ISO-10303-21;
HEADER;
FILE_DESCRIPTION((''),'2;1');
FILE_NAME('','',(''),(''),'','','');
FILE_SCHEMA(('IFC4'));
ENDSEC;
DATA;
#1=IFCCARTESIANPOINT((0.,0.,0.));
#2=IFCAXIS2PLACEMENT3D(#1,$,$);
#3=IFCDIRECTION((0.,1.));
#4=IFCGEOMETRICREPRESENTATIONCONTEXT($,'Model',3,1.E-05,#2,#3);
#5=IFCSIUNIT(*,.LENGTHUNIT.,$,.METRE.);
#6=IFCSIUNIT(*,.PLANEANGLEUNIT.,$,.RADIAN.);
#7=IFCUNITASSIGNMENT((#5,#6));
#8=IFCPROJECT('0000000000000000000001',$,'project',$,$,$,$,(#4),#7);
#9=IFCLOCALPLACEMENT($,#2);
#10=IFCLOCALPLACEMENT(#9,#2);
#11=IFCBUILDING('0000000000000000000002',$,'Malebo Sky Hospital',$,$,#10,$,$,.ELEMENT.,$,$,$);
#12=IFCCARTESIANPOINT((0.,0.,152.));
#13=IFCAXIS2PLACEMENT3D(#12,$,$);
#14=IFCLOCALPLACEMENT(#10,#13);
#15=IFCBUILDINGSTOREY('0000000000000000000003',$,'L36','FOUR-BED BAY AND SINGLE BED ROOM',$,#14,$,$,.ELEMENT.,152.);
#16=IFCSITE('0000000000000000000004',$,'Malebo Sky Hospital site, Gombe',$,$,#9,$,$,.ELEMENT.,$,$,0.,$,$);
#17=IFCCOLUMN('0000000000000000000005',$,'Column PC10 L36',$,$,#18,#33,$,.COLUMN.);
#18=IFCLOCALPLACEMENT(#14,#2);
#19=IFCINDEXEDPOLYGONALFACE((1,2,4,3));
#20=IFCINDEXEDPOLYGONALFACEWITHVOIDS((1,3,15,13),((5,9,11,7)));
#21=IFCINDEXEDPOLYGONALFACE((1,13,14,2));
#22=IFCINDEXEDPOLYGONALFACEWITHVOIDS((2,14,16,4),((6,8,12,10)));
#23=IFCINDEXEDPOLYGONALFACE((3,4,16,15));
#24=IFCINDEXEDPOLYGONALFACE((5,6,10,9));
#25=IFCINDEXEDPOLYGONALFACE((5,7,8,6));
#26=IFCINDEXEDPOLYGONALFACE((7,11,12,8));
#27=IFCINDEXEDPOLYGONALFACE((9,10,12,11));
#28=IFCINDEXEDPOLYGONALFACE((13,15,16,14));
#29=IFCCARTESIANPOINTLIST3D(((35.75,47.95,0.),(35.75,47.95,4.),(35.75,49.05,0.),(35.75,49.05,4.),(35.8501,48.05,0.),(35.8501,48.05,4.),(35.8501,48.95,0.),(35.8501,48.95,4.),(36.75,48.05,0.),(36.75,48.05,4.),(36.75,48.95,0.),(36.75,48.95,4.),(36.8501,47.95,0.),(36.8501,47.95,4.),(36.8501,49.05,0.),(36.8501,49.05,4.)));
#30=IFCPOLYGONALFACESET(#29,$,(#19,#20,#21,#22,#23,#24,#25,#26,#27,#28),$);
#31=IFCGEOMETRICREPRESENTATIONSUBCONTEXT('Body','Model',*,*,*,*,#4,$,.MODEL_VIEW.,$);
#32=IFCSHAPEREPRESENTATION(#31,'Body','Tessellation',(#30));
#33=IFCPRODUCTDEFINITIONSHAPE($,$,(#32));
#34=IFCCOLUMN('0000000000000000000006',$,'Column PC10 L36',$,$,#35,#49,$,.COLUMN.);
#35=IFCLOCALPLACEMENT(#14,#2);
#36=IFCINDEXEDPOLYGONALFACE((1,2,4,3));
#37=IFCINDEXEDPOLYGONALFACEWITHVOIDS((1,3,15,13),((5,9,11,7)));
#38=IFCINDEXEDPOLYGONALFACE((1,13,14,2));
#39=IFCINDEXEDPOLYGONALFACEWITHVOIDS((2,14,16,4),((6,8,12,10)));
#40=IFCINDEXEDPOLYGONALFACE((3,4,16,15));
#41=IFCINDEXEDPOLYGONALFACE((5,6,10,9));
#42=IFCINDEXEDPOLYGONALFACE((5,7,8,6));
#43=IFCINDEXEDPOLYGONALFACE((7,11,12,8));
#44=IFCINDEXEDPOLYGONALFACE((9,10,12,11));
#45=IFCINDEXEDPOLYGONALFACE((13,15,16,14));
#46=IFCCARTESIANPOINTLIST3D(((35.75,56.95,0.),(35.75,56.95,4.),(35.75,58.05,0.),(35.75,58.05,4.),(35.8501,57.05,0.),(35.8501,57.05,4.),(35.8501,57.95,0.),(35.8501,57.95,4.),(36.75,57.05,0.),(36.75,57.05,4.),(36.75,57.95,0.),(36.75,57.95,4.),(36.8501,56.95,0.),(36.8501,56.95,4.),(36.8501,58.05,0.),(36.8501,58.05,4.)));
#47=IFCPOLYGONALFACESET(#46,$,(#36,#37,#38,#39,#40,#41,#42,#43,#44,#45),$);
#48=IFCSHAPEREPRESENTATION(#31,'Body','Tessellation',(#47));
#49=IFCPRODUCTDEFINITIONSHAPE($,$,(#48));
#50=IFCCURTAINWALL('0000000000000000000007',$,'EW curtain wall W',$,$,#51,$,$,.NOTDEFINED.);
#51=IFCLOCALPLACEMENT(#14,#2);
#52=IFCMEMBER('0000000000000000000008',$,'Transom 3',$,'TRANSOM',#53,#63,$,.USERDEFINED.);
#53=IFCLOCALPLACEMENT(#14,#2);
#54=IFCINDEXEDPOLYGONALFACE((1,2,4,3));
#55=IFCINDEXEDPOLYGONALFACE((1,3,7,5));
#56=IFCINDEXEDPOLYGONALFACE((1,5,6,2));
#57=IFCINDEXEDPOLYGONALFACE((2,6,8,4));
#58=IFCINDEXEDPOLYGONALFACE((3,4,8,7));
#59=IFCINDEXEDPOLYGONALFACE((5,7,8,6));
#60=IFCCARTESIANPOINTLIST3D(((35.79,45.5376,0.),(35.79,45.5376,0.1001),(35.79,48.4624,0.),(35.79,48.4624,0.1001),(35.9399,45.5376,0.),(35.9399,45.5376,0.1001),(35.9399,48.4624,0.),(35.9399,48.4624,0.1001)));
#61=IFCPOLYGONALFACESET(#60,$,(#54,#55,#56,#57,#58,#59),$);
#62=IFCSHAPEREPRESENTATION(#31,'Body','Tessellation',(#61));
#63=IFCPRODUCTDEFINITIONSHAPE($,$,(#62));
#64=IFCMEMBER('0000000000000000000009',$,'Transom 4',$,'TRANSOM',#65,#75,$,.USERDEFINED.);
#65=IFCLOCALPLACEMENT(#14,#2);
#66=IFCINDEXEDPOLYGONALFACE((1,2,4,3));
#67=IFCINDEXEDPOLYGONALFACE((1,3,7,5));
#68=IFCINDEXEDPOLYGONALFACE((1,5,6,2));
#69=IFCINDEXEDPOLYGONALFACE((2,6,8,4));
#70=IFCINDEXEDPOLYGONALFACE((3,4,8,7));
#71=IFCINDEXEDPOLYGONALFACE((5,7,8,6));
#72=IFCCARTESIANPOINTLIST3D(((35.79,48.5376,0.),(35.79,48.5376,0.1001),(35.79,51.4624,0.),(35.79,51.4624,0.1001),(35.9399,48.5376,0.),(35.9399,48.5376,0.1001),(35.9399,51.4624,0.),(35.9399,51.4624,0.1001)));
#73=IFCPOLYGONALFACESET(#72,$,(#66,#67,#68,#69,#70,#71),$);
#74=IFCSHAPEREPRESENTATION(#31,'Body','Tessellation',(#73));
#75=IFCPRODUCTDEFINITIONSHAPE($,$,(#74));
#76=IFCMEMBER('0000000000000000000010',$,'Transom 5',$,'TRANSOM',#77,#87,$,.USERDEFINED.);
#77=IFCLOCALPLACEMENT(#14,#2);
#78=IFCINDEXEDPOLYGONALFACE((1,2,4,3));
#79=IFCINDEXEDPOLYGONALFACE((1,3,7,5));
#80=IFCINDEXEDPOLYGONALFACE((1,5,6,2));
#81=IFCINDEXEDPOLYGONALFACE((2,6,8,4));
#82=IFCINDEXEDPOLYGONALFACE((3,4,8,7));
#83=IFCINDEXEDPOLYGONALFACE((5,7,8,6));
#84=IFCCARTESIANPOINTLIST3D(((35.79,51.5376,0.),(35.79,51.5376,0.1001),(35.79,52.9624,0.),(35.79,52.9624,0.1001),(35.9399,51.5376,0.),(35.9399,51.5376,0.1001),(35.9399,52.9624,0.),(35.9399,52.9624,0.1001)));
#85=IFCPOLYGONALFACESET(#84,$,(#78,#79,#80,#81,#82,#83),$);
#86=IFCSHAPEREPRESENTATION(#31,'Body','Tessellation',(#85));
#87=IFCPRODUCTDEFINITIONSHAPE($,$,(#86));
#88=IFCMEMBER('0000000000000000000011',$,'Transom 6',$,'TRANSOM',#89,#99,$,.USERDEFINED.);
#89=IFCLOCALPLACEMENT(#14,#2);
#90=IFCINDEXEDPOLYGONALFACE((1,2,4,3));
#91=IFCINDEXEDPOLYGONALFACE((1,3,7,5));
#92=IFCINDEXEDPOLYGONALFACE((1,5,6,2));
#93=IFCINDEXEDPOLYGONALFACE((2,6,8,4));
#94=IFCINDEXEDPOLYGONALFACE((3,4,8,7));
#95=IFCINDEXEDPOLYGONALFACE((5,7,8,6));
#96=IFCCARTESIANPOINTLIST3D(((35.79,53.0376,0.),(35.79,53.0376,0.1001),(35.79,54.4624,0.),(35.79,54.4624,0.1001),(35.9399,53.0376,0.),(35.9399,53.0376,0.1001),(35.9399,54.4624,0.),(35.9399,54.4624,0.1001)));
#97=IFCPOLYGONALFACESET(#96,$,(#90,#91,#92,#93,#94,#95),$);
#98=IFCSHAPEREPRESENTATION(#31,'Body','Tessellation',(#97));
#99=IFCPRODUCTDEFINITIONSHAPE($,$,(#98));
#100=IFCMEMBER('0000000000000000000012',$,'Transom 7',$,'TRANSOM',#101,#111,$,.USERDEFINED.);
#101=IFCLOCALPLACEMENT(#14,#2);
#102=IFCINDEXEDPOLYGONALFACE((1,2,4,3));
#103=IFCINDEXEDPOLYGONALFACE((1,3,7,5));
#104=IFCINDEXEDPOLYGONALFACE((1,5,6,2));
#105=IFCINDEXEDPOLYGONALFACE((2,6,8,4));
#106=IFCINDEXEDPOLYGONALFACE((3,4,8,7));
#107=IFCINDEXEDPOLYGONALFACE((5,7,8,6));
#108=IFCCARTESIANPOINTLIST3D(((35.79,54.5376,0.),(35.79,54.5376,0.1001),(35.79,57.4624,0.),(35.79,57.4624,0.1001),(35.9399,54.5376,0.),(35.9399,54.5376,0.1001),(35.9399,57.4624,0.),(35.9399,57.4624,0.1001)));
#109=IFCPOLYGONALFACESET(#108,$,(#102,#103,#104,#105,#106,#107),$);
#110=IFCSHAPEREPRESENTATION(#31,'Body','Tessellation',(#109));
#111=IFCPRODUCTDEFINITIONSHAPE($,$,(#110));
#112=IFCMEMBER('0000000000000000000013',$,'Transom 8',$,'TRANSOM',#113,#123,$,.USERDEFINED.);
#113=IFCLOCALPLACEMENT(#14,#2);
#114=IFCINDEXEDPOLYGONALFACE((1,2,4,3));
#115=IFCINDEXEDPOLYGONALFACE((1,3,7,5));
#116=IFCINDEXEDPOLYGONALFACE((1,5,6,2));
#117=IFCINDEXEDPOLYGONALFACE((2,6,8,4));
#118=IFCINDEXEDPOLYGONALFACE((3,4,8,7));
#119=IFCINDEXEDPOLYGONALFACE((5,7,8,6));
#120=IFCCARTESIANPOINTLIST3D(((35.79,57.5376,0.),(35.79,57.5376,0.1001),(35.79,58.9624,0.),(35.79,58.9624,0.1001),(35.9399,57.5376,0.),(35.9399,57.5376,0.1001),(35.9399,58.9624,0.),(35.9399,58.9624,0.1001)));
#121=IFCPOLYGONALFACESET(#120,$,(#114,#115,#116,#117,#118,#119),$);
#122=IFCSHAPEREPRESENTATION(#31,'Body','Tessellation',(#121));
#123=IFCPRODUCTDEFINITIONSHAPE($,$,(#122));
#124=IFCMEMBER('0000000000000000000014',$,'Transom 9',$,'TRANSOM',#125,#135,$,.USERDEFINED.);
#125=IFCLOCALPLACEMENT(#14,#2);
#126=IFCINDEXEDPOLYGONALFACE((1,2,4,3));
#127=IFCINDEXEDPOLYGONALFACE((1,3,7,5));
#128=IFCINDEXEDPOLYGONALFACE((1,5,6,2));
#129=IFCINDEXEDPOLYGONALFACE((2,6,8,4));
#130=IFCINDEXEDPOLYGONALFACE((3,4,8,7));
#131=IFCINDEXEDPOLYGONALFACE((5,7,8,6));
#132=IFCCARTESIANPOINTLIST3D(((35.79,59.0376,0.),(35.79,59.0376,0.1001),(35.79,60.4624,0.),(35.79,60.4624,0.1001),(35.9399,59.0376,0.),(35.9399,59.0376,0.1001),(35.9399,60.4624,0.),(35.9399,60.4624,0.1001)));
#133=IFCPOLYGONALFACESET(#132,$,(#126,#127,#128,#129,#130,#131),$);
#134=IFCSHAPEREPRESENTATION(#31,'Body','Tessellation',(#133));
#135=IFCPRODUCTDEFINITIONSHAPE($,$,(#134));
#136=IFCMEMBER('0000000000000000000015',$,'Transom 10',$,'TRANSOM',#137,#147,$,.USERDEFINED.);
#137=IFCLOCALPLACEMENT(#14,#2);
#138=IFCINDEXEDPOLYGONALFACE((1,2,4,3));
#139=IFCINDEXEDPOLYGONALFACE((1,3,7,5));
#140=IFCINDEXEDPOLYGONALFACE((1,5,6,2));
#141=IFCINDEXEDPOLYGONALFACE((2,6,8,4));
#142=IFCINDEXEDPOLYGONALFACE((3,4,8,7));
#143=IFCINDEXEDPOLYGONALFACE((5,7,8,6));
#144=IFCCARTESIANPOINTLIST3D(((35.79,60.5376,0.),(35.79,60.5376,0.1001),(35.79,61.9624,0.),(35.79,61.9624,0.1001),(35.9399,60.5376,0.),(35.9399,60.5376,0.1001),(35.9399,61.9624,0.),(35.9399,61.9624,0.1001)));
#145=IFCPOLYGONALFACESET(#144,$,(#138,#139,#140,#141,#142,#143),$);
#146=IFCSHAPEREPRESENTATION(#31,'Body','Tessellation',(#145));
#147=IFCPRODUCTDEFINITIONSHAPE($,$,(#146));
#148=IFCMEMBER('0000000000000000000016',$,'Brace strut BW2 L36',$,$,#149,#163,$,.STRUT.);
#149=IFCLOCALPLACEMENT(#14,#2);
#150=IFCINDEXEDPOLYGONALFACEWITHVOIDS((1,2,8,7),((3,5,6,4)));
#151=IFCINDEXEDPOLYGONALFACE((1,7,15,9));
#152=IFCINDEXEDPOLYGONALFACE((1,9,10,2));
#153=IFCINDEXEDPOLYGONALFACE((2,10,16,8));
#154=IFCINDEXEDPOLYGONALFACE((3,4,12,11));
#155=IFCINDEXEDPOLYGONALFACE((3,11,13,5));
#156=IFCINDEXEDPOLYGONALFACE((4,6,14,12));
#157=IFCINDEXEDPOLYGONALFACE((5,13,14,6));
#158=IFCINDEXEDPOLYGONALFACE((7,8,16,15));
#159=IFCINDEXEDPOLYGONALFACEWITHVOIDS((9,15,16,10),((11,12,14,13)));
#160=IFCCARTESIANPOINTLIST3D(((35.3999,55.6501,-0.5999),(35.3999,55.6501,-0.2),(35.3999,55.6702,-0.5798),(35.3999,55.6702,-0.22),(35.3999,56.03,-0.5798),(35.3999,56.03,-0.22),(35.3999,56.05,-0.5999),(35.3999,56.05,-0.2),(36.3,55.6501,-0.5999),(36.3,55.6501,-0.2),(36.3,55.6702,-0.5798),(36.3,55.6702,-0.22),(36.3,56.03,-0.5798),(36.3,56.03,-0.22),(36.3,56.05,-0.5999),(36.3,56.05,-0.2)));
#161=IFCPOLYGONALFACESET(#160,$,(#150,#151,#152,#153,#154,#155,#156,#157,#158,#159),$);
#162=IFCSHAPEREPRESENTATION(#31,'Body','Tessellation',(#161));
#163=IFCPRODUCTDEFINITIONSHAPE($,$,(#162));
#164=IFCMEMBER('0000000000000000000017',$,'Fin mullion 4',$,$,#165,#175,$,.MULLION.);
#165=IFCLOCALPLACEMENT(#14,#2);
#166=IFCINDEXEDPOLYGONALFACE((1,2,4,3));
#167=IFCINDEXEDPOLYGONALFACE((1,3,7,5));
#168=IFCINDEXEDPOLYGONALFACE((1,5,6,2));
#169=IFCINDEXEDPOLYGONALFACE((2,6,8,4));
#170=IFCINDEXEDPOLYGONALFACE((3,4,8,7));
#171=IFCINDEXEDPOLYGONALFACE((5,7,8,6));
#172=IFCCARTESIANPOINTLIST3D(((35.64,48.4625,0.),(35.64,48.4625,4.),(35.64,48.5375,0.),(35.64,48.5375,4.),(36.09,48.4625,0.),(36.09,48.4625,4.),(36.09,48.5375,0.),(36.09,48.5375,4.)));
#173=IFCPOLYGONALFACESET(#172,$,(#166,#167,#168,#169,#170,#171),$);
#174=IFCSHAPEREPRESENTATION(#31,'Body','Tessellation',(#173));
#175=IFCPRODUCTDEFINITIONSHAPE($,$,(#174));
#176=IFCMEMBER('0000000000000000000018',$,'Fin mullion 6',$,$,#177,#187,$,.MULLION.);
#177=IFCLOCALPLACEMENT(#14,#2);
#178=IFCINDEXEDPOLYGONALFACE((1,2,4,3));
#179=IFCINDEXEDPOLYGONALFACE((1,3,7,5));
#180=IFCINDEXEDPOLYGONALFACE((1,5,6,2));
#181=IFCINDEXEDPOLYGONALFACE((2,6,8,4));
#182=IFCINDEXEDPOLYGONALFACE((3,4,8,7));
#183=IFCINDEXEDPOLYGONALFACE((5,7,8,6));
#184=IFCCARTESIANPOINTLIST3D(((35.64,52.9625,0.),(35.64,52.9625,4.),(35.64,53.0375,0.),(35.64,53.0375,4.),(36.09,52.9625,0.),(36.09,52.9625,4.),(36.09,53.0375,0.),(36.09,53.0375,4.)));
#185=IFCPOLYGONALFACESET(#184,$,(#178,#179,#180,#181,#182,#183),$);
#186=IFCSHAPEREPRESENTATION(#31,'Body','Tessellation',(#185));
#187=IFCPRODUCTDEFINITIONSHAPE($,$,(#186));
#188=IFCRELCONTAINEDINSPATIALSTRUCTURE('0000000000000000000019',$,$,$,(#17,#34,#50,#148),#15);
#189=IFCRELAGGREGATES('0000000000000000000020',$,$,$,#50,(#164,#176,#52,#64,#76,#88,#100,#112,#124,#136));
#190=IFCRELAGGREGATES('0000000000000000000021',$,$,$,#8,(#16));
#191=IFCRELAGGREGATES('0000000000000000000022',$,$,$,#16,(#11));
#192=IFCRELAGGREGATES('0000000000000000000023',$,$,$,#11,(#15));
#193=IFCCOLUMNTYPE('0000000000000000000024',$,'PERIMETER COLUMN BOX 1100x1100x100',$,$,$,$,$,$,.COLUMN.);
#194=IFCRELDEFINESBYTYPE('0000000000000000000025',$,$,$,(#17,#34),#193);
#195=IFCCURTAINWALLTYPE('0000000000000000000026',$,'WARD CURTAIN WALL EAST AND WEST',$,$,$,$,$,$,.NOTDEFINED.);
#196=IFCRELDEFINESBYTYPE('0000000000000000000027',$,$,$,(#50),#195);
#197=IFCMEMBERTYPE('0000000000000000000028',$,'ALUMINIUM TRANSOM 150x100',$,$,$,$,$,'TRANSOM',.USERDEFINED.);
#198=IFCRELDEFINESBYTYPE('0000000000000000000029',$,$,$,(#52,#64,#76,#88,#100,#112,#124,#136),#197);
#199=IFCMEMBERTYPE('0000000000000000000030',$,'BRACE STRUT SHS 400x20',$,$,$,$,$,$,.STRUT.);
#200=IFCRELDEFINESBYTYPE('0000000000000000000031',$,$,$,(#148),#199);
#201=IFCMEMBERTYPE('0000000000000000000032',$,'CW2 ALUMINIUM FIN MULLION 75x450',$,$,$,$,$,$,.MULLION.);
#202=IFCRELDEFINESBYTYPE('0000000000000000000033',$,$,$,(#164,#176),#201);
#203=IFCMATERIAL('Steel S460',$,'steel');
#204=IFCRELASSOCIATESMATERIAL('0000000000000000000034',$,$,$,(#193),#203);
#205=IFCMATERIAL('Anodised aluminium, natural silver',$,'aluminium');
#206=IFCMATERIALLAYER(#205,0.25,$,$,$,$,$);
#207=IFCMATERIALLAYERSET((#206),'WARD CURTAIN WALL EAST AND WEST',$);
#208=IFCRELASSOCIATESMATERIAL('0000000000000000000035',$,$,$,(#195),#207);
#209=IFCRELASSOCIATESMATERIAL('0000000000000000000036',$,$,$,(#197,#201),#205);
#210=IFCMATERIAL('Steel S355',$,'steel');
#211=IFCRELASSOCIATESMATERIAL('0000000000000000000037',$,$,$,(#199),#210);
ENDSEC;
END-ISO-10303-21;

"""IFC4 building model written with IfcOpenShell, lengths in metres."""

from ifc_helpers import new_model, si_unit, direction, frame, origin, origin_2d, place, context, subcontext, project, spatial, rectangle, hollow_rectangle, extrude, material, layer, layer_set, material_profile, profile_set, type_object, element, aggregate, save


model = new_model("IFC4")

# Units and contexts
model_context = context("Model", 3, precision=1e-05, world=origin(), true_north=direction((0.0, 1.0)))
body_context = subcontext(model_context, "Body", "Model", "MODEL_VIEW")
ifc_project = project(units=[si_unit("LENGTHUNIT", "METRE"), si_unit("PLANEANGLEUNIT", "RADIAN")], contexts=[model_context])

# Site, building, storey
site_placement = place(None, origin())
site = spatial("IfcSite", under=ifc_project, at=site_placement, Name="Malebo Sky Hospital site, Gombe", CompositionType="ELEMENT", RefElevation=0.0)
building_placement = place(site_placement, origin())
building = spatial("IfcBuilding", under=site, at=building_placement, Name="Malebo Sky Hospital", CompositionType="ELEMENT")
storey_placement = place(building_placement, frame((0.0, 0.0, 152.0)))
storey = spatial("IfcBuildingStorey", under=building, at=storey_placement, Name="L36", Description="FOUR-BED BAY AND SINGLE BED ROOM", CompositionType="ELEMENT", Elevation=152.0)

# Columns
ifc_material_1 = material(Name="Steel S460", Category="steel")
ifc_material_profile_1 = material_profile(ifc_material_1, hollow_rectangle(XDim=1.1001, YDim=1.1001, WallThickness=0.1001, at=origin_2d()), Name="BOX 1100x1100x100")
ifc_profile_set_1 = profile_set([ifc_material_profile_1], Name="Steel S460")
column_type = type_object("IfcColumnType", Name="PERIMETER COLUMN BOX 1100x1100x100", PredefinedType="COLUMN", material=ifc_profile_set_1)
for number, where, z_axis, x_axis, name in (
    (1, (36.3, 48.5, 0.0), (0.0, 0.0, 1.0), (1.0, 0.0, 0.0), "Column PC10 L36"),
    (2, (36.3, 57.5, 0.0), (0.0, 0.0, 1.0), (1.0, 0.0, 0.0), "Column PC10 L36"),
):
    element("IfcColumn", number, at=place(storey_placement, frame(where, z_axis=z_axis, x_axis=x_axis)), inside=storey, type_object=column_type, Name=name, PredefinedType="COLUMN", context=body_context, shape_type="SweptSolid", body=[
        extrude(hollow_rectangle(XDim=1.1001, YDim=1.1001, WallThickness=0.1001, at=origin_2d()), origin(), (0.0, 0.0, 1.0), 4.0),
    ])

# Curtain wall, members
ifc_material_2 = material(Name="Anodised aluminium, natural silver", Category="aluminium")
ifc_layer_1 = layer(ifc_material_2, 0.25)
ifc_layer_set_1 = layer_set([ifc_layer_1], Name="WARD CURTAIN WALL EAST AND WEST")
curtain_wall_type = type_object("IfcCurtainWallType", Name="WARD CURTAIN WALL EAST AND WEST", PredefinedType="NOTDEFINED", material=ifc_layer_set_1)
curtain_wall_placement = place(storey_placement, origin())
curtain_wall = element("IfcCurtainWall", 3, at=curtain_wall_placement, inside=storey, type_object=curtain_wall_type, Name="EW curtain wall W", PredefinedType="NOTDEFINED")
ifc_material_profile_2 = material_profile(ifc_material_2, rectangle(XDim=0.1499, YDim=0.1001, at=origin_2d()), Name="ALUMINIUM TRANSOM 150x100")
ifc_profile_set_2 = profile_set([ifc_material_profile_2], Name="Anodised aluminium, natural silver")
member_type_1 = type_object("IfcMemberType", Name="ALUMINIUM TRANSOM 150x100", ElementType="TRANSOM", PredefinedType="USERDEFINED", material=ifc_profile_set_2)
member_1_placement = place(storey_placement, frame((35.865, 45.5376, 0.05), z_axis=(0.0, 1.0, 0.0), x_axis=(-1.0, 0.0, 0.0)))
member_1 = element("IfcMember", 4, at=member_1_placement, type_object=member_type_1, Name="Transom 3", ObjectType="TRANSOM", PredefinedType="USERDEFINED", context=body_context, shape_type="SweptSolid", body=[
    extrude(rectangle(XDim=0.1499, YDim=0.1001, at=origin_2d()), origin(), (0.0, 0.0, 1.0), 2.9248),
])
member_2_placement = place(storey_placement, frame((35.865, 48.5376, 0.05), z_axis=(0.0, 1.0, 0.0), x_axis=(-1.0, 0.0, 0.0)))
member_2 = element("IfcMember", 5, at=member_2_placement, type_object=member_type_1, Name="Transom 4", ObjectType="TRANSOM", PredefinedType="USERDEFINED", context=body_context, shape_type="SweptSolid", body=[
    extrude(rectangle(XDim=0.1499, YDim=0.1001, at=origin_2d()), origin(), (0.0, 0.0, 1.0), 2.9248),
])
member_3_placement = place(storey_placement, frame((35.865, 51.5376, 0.05), z_axis=(0.0, 1.0, 0.0), x_axis=(-1.0, 0.0, 0.0)))
member_3 = element("IfcMember", 6, at=member_3_placement, type_object=member_type_1, Name="Transom 5", ObjectType="TRANSOM", PredefinedType="USERDEFINED", context=body_context, shape_type="SweptSolid", body=[
    extrude(rectangle(XDim=0.1499, YDim=0.1001, at=origin_2d()), origin(), (0.0, 0.0, 1.0), 1.4248),
])
member_4_placement = place(storey_placement, frame((35.865, 53.0376, 0.05), z_axis=(0.0, 1.0, 0.0), x_axis=(-1.0, 0.0, 0.0)))
member_4 = element("IfcMember", 7, at=member_4_placement, type_object=member_type_1, Name="Transom 6", ObjectType="TRANSOM", PredefinedType="USERDEFINED", context=body_context, shape_type="SweptSolid", body=[
    extrude(rectangle(XDim=0.1499, YDim=0.1001, at=origin_2d()), origin(), (0.0, 0.0, 1.0), 1.4248),
])
member_5_placement = place(storey_placement, frame((35.865, 54.5376, 0.05), z_axis=(0.0, 1.0, 0.0), x_axis=(-1.0, 0.0, 0.0)))
member_5 = element("IfcMember", 8, at=member_5_placement, type_object=member_type_1, Name="Transom 7", ObjectType="TRANSOM", PredefinedType="USERDEFINED", context=body_context, shape_type="SweptSolid", body=[
    extrude(rectangle(XDim=0.1499, YDim=0.1001, at=origin_2d()), origin(), (0.0, 0.0, 1.0), 2.9248),
])
member_6_placement = place(storey_placement, frame((35.865, 57.5376, 0.05), z_axis=(0.0, 1.0, 0.0), x_axis=(-1.0, 0.0, 0.0)))
member_6 = element("IfcMember", 9, at=member_6_placement, type_object=member_type_1, Name="Transom 8", ObjectType="TRANSOM", PredefinedType="USERDEFINED", context=body_context, shape_type="SweptSolid", body=[
    extrude(rectangle(XDim=0.1499, YDim=0.1001, at=origin_2d()), origin(), (0.0, 0.0, 1.0), 1.4248),
])
member_7_placement = place(storey_placement, frame((35.865, 59.0376, 0.05), z_axis=(0.0, 1.0, 0.0), x_axis=(-1.0, 0.0, 0.0)))
member_7 = element("IfcMember", 10, at=member_7_placement, type_object=member_type_1, Name="Transom 9", ObjectType="TRANSOM", PredefinedType="USERDEFINED", context=body_context, shape_type="SweptSolid", body=[
    extrude(rectangle(XDim=0.1499, YDim=0.1001, at=origin_2d()), origin(), (0.0, 0.0, 1.0), 1.4248),
])
member_8_placement = place(storey_placement, frame((35.865, 60.5376, 0.05), z_axis=(0.0, 1.0, 0.0), x_axis=(-1.0, 0.0, 0.0)))
member_8 = element("IfcMember", 11, at=member_8_placement, type_object=member_type_1, Name="Transom 10", ObjectType="TRANSOM", PredefinedType="USERDEFINED", context=body_context, shape_type="SweptSolid", body=[
    extrude(rectangle(XDim=0.1499, YDim=0.1001, at=origin_2d()), origin(), (0.0, 0.0, 1.0), 1.4248),
])

# Members
ifc_material_3 = material(Name="Steel S355", Category="steel")
ifc_material_profile_3 = material_profile(ifc_material_3, hollow_rectangle(XDim=0.3999, YDim=0.3999, WallThickness=0.02, at=origin_2d()), Name="SHS 400x20")
ifc_profile_set_3 = profile_set([ifc_material_profile_3], Name="Steel S355")
member_type_2 = type_object("IfcMemberType", Name="BRACE STRUT SHS 400x20", PredefinedType="STRUT", material=ifc_profile_set_3)
member_9_placement = place(storey_placement, frame((35.3999, 55.8501, -0.3999), z_axis=(1.0, 0.0, 0.0), x_axis=(0.0, 1.0, 0.0)))
element("IfcMember", 12, at=member_9_placement, inside=storey, type_object=member_type_2, Name="Brace strut BW2 L36", PredefinedType="STRUT", context=body_context, shape_type="SweptSolid", body=[
    extrude(hollow_rectangle(XDim=0.3999, YDim=0.3999, WallThickness=0.02, at=origin_2d()), origin(), (0.0, 0.0, 1.0), 0.9001),
])
ifc_material_profile_4 = material_profile(ifc_material_2, rectangle(XDim=0.075, YDim=0.45, at=origin_2d()), Name="CW2 ALUMINIUM FIN MULLION 75x450")
ifc_profile_set_4 = profile_set([ifc_material_profile_4], Name="Anodised aluminium, natural silver")
member_type_3 = type_object("IfcMemberType", Name="CW2 ALUMINIUM FIN MULLION 75x450", PredefinedType="MULLION", material=ifc_profile_set_4)
member_10_placement = place(storey_placement, frame((35.865, 48.5, 0.0), z_axis=(0.0, 0.0, 1.0), x_axis=(0.0, 1.0, 0.0)))
member_10 = element("IfcMember", 13, at=member_10_placement, type_object=member_type_3, Name="Fin mullion 4", PredefinedType="MULLION", context=body_context, shape_type="SweptSolid", body=[
    extrude(rectangle(XDim=0.075, YDim=0.45, at=origin_2d()), origin(), (0.0, 0.0, 1.0), 4.0),
])
member_11_placement = place(storey_placement, frame((35.865, 53.0, 0.0), z_axis=(0.0, 0.0, 1.0), x_axis=(0.0, 1.0, 0.0)))
member_11 = element("IfcMember", 14, at=member_11_placement, type_object=member_type_3, Name="Fin mullion 6", PredefinedType="MULLION", context=body_context, shape_type="SweptSolid", body=[
    extrude(rectangle(XDim=0.075, YDim=0.45, at=origin_2d()), origin(), (0.0, 0.0, 1.0), 4.0),
])

aggregate(curtain_wall, [member_10, member_11, member_1, member_2, member_3, member_4, member_5, member_6, member_7, member_8])

save(model, "model.ifc")
